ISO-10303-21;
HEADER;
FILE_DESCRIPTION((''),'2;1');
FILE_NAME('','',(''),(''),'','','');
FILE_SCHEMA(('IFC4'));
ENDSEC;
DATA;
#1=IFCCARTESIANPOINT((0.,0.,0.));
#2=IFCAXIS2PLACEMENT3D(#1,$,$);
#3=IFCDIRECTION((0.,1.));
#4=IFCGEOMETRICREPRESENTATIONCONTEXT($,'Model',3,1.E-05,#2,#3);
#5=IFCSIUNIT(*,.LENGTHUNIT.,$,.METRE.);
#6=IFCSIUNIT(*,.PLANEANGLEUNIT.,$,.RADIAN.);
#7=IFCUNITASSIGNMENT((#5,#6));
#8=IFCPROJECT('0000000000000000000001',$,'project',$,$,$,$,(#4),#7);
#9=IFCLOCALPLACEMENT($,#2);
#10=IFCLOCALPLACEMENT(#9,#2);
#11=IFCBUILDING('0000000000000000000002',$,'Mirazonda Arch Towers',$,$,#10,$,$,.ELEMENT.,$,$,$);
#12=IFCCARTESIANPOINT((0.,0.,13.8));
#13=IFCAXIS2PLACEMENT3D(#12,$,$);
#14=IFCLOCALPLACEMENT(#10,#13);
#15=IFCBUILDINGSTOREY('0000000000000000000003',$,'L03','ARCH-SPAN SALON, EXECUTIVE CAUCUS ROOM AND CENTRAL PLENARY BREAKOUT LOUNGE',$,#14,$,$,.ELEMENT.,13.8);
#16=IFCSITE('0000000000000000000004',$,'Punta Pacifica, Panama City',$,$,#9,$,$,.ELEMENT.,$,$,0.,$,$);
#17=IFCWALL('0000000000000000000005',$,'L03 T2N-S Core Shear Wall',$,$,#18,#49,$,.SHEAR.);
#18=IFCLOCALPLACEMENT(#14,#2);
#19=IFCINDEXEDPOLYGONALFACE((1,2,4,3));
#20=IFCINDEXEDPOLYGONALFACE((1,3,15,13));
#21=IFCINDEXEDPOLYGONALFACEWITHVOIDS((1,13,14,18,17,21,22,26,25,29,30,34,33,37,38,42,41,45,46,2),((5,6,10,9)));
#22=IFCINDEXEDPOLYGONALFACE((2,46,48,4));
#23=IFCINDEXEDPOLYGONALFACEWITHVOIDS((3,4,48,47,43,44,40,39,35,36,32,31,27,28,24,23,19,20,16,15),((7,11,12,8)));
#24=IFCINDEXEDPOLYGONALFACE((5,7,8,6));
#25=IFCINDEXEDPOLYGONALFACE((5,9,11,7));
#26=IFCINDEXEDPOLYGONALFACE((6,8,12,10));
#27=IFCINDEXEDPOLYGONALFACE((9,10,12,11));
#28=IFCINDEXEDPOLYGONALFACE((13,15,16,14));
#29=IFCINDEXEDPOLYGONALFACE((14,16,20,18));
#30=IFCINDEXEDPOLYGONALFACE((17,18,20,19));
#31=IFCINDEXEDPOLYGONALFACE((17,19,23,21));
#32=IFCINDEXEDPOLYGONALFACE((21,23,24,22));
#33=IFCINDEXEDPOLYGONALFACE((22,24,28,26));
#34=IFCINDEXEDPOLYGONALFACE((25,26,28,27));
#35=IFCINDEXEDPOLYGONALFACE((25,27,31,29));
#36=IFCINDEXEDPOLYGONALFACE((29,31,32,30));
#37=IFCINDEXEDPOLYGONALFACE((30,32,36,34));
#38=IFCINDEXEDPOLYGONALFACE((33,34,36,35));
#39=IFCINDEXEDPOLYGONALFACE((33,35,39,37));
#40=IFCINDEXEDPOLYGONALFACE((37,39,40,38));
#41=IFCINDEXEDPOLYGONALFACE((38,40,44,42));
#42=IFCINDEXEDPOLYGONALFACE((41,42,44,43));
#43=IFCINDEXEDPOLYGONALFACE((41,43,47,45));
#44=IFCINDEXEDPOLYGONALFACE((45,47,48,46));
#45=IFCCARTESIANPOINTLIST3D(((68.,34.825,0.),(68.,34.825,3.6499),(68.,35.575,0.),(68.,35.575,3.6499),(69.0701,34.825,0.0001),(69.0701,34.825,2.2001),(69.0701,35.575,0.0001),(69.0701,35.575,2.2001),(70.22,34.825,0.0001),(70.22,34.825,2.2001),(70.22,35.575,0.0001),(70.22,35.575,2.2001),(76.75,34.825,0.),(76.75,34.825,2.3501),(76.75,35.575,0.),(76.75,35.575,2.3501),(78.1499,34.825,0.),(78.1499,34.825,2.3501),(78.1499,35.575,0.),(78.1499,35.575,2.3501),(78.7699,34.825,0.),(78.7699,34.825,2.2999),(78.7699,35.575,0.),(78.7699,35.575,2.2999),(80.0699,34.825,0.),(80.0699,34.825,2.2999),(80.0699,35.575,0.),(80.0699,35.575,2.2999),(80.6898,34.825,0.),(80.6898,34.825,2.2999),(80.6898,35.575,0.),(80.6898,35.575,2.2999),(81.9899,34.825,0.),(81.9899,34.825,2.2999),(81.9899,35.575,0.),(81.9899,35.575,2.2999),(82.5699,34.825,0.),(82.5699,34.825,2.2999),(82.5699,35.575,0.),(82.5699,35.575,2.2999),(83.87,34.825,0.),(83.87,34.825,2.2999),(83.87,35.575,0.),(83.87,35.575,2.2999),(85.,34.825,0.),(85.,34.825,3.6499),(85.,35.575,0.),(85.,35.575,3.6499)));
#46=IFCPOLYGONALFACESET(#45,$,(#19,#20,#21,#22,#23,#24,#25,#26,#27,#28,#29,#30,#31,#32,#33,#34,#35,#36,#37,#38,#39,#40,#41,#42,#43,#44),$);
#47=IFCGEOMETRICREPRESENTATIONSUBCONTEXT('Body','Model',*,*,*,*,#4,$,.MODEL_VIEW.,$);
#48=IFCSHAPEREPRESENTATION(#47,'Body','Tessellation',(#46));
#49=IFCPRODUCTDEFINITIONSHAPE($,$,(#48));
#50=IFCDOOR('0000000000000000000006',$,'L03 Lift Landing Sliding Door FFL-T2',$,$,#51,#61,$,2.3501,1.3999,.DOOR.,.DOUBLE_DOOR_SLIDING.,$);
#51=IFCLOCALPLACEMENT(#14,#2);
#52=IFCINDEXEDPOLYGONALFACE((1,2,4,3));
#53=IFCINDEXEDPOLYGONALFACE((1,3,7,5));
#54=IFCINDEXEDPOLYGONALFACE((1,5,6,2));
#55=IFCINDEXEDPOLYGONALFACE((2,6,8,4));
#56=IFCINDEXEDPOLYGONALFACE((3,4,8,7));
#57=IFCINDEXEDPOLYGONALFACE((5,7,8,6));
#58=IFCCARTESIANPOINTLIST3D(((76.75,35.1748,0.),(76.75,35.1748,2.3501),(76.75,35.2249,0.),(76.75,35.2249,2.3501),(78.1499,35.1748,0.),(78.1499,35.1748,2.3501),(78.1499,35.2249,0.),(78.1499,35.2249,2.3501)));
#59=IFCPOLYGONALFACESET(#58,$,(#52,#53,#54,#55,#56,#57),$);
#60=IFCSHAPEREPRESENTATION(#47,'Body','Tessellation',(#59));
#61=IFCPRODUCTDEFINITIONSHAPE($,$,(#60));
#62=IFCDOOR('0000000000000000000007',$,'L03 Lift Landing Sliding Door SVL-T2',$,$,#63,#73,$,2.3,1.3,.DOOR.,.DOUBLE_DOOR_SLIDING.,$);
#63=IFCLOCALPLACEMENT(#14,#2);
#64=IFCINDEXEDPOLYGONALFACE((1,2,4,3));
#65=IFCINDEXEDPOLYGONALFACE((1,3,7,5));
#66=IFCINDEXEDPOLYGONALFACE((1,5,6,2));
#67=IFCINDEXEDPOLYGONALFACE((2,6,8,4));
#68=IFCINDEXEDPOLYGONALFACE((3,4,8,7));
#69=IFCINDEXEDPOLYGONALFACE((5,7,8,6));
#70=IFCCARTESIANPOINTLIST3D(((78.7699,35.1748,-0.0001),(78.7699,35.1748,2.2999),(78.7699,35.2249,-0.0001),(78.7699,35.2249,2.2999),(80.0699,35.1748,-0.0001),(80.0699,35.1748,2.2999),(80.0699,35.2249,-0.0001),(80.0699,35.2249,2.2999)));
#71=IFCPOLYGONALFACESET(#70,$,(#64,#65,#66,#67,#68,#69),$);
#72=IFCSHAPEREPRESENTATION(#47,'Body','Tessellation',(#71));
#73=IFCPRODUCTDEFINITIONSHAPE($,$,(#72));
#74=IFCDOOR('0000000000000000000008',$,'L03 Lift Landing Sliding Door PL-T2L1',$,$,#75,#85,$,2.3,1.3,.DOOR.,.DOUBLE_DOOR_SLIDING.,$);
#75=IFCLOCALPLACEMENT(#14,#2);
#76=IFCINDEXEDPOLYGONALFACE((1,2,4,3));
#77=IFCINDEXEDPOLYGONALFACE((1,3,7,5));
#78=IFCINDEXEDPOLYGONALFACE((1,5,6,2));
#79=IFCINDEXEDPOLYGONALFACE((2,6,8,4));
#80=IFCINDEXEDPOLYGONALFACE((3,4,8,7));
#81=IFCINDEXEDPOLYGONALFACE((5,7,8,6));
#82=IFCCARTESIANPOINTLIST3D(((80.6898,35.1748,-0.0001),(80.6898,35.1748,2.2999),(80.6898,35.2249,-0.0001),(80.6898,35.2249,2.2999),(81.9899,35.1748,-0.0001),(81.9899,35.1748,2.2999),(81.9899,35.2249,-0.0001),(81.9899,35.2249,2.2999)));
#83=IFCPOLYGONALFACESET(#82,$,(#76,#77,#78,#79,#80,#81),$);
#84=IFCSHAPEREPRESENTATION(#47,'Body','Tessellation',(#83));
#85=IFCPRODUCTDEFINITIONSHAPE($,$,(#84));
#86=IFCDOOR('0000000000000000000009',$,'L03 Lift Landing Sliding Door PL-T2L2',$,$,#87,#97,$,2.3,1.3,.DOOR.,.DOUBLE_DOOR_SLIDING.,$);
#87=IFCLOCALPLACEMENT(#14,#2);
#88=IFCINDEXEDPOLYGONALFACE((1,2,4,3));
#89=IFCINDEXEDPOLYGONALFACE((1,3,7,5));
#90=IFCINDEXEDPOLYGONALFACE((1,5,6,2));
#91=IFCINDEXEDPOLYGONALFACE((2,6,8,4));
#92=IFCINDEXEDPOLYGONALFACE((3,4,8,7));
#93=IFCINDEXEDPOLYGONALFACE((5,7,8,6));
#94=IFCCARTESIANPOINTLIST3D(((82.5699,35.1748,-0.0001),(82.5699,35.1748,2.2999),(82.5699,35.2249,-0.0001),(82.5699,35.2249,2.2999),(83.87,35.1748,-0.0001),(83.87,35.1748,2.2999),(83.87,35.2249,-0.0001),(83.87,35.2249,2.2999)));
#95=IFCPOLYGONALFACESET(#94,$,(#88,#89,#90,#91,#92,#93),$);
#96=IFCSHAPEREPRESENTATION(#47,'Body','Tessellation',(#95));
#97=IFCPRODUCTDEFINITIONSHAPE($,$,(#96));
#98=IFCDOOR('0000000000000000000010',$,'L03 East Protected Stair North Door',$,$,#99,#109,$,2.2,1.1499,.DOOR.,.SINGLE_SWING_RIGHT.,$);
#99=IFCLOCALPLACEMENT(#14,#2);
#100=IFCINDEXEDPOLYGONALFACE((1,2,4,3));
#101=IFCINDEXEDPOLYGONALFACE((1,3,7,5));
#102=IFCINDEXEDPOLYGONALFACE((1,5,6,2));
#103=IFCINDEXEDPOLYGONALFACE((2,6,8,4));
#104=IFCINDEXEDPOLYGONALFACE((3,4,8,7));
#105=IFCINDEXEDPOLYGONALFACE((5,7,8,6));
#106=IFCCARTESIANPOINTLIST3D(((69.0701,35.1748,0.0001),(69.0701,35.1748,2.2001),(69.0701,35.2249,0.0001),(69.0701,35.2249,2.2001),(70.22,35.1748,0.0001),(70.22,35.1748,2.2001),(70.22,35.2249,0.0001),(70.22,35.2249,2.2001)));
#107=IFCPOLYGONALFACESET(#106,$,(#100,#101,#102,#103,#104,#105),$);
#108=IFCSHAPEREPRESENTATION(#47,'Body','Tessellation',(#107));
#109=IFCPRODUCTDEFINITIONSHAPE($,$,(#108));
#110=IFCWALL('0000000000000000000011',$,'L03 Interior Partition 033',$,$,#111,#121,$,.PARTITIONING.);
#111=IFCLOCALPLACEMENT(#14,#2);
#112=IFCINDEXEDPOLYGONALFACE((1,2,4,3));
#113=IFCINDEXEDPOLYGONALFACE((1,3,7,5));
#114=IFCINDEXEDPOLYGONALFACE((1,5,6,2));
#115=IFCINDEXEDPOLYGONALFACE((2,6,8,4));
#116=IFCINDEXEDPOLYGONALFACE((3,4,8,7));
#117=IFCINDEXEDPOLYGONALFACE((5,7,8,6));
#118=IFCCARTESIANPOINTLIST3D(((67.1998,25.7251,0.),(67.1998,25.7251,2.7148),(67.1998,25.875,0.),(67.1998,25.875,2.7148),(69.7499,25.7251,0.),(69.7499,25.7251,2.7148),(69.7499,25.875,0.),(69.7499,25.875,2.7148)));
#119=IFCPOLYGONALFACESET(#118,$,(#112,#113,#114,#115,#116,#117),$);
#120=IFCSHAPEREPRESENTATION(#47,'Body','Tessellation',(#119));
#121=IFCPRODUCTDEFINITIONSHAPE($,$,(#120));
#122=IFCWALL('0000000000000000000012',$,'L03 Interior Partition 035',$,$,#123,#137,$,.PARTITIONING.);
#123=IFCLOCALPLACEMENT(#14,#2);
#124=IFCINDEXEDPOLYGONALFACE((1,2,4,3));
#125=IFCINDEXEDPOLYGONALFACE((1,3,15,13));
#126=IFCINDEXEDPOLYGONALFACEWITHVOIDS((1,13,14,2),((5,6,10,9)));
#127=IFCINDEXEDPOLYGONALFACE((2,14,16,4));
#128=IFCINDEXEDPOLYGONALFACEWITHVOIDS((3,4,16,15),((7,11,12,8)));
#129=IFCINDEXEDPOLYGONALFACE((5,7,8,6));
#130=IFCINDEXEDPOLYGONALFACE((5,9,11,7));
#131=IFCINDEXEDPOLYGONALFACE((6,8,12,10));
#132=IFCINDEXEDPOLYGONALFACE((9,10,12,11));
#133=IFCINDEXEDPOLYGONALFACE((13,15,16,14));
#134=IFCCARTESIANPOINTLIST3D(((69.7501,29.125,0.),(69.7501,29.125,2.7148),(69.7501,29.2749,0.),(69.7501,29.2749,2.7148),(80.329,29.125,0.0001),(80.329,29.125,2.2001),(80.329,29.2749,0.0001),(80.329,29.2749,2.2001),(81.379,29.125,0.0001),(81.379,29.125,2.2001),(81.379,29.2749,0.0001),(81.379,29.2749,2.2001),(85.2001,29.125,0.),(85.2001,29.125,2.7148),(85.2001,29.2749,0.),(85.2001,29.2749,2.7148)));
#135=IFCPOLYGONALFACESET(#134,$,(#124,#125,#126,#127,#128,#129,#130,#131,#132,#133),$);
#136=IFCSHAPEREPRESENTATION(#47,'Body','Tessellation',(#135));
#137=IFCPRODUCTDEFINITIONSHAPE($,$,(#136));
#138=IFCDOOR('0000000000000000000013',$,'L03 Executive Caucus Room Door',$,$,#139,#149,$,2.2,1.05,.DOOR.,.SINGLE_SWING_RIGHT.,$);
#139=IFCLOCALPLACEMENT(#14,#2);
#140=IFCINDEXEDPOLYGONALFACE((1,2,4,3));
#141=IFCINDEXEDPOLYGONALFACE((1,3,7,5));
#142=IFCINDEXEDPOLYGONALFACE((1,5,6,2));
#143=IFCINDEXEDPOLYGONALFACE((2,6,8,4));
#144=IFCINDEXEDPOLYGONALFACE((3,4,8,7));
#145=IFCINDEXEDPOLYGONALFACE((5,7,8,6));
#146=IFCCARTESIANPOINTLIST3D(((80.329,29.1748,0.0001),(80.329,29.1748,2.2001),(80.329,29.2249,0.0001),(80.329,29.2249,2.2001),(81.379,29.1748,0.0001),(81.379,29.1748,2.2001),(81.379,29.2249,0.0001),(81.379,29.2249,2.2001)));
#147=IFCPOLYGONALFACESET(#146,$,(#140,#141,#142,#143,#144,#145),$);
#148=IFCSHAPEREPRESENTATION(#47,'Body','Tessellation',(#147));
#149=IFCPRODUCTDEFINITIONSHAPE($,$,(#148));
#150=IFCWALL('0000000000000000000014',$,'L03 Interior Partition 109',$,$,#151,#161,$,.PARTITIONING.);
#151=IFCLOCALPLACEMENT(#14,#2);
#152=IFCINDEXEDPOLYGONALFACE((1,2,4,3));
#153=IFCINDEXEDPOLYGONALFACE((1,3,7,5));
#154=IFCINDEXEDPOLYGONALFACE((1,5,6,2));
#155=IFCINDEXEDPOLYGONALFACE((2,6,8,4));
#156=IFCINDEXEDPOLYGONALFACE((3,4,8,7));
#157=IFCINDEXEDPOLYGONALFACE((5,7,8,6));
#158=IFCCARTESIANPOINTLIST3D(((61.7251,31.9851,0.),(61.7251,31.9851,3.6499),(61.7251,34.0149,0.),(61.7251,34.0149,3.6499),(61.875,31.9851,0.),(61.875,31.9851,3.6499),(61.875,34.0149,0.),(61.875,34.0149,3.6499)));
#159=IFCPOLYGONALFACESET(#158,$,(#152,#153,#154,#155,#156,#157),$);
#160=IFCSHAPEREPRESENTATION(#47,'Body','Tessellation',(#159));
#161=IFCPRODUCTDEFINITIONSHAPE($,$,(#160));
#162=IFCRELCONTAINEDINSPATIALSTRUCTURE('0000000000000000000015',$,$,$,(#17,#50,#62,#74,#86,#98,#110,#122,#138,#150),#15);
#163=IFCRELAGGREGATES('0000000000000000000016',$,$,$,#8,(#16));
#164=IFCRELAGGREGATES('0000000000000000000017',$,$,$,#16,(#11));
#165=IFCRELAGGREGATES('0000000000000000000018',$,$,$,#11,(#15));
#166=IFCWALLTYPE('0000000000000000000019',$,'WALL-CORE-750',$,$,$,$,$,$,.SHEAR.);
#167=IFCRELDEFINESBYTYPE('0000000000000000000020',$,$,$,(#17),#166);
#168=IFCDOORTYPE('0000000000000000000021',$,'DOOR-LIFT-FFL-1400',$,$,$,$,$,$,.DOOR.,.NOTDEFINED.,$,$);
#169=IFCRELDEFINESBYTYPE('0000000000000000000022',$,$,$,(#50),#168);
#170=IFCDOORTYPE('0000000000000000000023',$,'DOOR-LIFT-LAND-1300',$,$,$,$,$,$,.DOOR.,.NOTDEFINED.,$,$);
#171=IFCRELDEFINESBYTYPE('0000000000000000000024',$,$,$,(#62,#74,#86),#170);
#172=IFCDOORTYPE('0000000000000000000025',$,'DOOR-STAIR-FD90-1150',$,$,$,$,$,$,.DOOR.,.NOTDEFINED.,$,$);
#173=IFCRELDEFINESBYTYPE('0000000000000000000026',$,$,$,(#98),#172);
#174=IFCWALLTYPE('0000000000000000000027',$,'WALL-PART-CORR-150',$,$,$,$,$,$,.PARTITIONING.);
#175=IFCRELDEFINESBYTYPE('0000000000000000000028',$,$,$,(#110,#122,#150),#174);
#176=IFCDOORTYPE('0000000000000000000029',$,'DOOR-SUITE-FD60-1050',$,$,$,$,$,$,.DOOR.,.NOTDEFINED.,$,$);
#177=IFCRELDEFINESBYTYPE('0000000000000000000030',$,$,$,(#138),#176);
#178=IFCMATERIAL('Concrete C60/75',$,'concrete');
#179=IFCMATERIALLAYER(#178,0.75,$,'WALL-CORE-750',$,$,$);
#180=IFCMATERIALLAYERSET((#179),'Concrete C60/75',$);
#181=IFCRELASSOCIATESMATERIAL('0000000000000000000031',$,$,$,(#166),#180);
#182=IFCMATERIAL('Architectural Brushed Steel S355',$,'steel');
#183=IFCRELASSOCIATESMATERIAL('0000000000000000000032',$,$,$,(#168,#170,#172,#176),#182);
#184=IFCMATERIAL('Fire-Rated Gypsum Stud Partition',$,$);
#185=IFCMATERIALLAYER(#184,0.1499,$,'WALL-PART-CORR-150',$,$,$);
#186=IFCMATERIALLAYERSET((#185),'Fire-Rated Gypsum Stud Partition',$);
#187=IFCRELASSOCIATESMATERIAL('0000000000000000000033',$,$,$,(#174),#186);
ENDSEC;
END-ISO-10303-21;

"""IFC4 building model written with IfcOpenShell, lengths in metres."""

from ifc_helpers import new_model, si_unit, direction, frame, frame_2d, origin, place, context, subcontext, project, spatial, rectangle, extrude, material, layer, layer_set, type_object, element, fill, save


model = new_model("IFC4")

# Units and contexts
model_context = context("Model", 3, precision=1e-05, world=origin(), true_north=direction((0.0, 1.0)))
body_context = subcontext(model_context, "Body", "Model", "MODEL_VIEW")
ifc_project = project(units=[si_unit("LENGTHUNIT", "METRE"), si_unit("PLANEANGLEUNIT", "RADIAN")], contexts=[model_context])

# Site, building, storey
site_placement = place(None, origin())
site = spatial("IfcSite", under=ifc_project, at=site_placement, Name="Punta Pacifica, Panama City", CompositionType="ELEMENT", RefElevation=0.0)
building_placement = place(site_placement, origin())
building = spatial("IfcBuilding", under=site, at=building_placement, Name="Mirazonda Arch Towers", CompositionType="ELEMENT")
storey_placement = place(building_placement, frame((0.0, 0.0, 13.8)))
storey = spatial("IfcBuildingStorey", under=building, at=storey_placement, Name="L03", Description="ARCH-SPAN SALON, EXECUTIVE CAUCUS ROOM AND CENTRAL PLENARY BREAKOUT LOUNGE", CompositionType="ELEMENT", Elevation=13.8)

# Shared definitions
ifc_material_1 = material(Name="Concrete C60/75", Category="concrete")

# Shared definitions
ifc_layer_1 = layer(ifc_material_1, 0.75, Name="WALL-CORE-750")
ifc_layer_set_1 = layer_set([ifc_layer_1], Name="Concrete C60/75")
wall_type_1 = type_object("IfcWallType", Name="WALL-CORE-750", PredefinedType="SHEAR", material=ifc_layer_set_1)

# Wall, openings, doors
wall_1_placement = place(storey_placement, frame((68.0, 35.2, 0.0), z_axis=(0.0, 0.0, 1.0), x_axis=(1.0, 0.0, 0.0)))
wall_1 = element("IfcWall", 1, at=wall_1_placement, inside=storey, type_object=wall_type_1, Name="L03 T2N-S Core Shear Wall", PredefinedType="SHEAR", context=body_context, shape_type="SweptSolid", body=[
    extrude(rectangle(XDim=17.0, YDim=0.75, at=frame_2d((8.5, 0.0))), origin(), (0.0, 0.0, 1.0), 3.6499),
])
opening_1_placement = place(wall_1_placement, frame((1.0701, 0.0, 0.0)))
opening_1 = element("IfcOpeningElement", 2, at=opening_1_placement, cuts=wall_1, PredefinedType="OPENING", context=body_context, shape_type="SweptSolid", body=[
    extrude(rectangle(XDim=1.1499, YDim=2.2, at=frame_2d((0.575, 1.1001))), frame((0.0, 0.385, 0.0), z_axis=(0.0, -1.0, 0.0), x_axis=(1.0, 0.0, 0.0)), (0.0, 0.0, 1.0), 0.77),
])
opening_2_placement = place(wall_1_placement, frame((8.75, 0.0, 0.0)))
opening_2 = element("IfcOpeningElement", 3, at=opening_2_placement, cuts=wall_1, PredefinedType="OPENING", context=body_context, shape_type="SweptSolid", body=[
    extrude(rectangle(XDim=1.3999, YDim=2.3501, at=frame_2d((0.7, 1.175))), frame((0.0, 0.385, 0.0), z_axis=(0.0, -1.0, 0.0), x_axis=(1.0, 0.0, 0.0)), (0.0, 0.0, 1.0), 0.77),
])
opening_3_placement = place(wall_1_placement, frame((10.77, 0.0, 0.0)))
opening_3 = element("IfcOpeningElement", 4, at=opening_3_placement, cuts=wall_1, PredefinedType="OPENING", context=body_context, shape_type="SweptSolid", body=[
    extrude(rectangle(XDim=1.3, YDim=2.3, at=frame_2d((0.6499, 1.1499))), frame((0.0, 0.385, 0.0), z_axis=(0.0, -1.0, 0.0), x_axis=(1.0, 0.0, 0.0)), (0.0, 0.0, 1.0), 0.77),
])
opening_4_placement = place(wall_1_placement, frame((12.6899, 0.0, 0.0)))
opening_4 = element("IfcOpeningElement", 5, at=opening_4_placement, cuts=wall_1, PredefinedType="OPENING", context=body_context, shape_type="SweptSolid", body=[
    extrude(rectangle(XDim=1.3, YDim=2.3, at=frame_2d((0.6499, 1.1499))), frame((0.0, 0.385, 0.0), z_axis=(0.0, -1.0, 0.0), x_axis=(1.0, 0.0, 0.0)), (0.0, 0.0, 1.0), 0.77),
])
opening_5_placement = place(wall_1_placement, frame((14.5701, 0.0, 0.0)))
opening_5 = element("IfcOpeningElement", 6, at=opening_5_placement, cuts=wall_1, PredefinedType="OPENING", context=body_context, shape_type="SweptSolid", body=[
    extrude(rectangle(XDim=1.3, YDim=2.3, at=frame_2d((0.6499, 1.1499))), frame((0.0, 0.385, 0.0), z_axis=(0.0, -1.0, 0.0), x_axis=(1.0, 0.0, 0.0)), (0.0, 0.0, 1.0), 0.77),
])
ifc_material_2 = material(Name="Architectural Brushed Steel S355", Category="steel")
door_type_1 = type_object("IfcDoorType", Name="DOOR-LIFT-FFL-1400", OperationType="NOTDEFINED", PredefinedType="DOOR", material=ifc_material_2)
door_1_placement = place(opening_2_placement, origin())
door_1 = element("IfcDoor", 7, at=door_1_placement, inside=storey, type_object=door_type_1, Name="L03 Lift Landing Sliding Door FFL-T2", OperationType="DOUBLE_DOOR_SLIDING", OverallHeight=2.3501, OverallWidth=1.3999, PredefinedType="DOOR", context=body_context, shape_type="SweptSolid", body=[
    extrude(rectangle(XDim=1.3999, YDim=2.3501, at=frame_2d((0.7, 1.175))), frame((0.0, 0.0249, 0.0), z_axis=(0.0, -1.0, 0.0), x_axis=(1.0, 0.0, 0.0)), (0.0, 0.0, 1.0), 0.05),
])
fill(opening_2, door_1)
door_type_2 = type_object("IfcDoorType", Name="DOOR-LIFT-LAND-1300", OperationType="NOTDEFINED", PredefinedType="DOOR", material=ifc_material_2)
door_2_placement = place(opening_3_placement, origin())
door_2 = element("IfcDoor", 8, at=door_2_placement, inside=storey, type_object=door_type_2, Name="L03 Lift Landing Sliding Door SVL-T2", OperationType="DOUBLE_DOOR_SLIDING", OverallHeight=2.3, OverallWidth=1.3, PredefinedType="DOOR", context=body_context, shape_type="SweptSolid", body=[
    extrude(rectangle(XDim=1.3, YDim=2.3, at=frame_2d((0.6499, 1.1499))), frame((0.0, 0.0249, 0.0), z_axis=(0.0, -1.0, 0.0), x_axis=(1.0, 0.0, 0.0)), (0.0, 0.0, 1.0), 0.05),
])
fill(opening_3, door_2)
door_3_placement = place(opening_4_placement, origin())
door_3 = element("IfcDoor", 9, at=door_3_placement, inside=storey, type_object=door_type_2, Name="L03 Lift Landing Sliding Door PL-T2L1", OperationType="DOUBLE_DOOR_SLIDING", OverallHeight=2.3, OverallWidth=1.3, PredefinedType="DOOR", context=body_context, shape_type="SweptSolid", body=[
    extrude(rectangle(XDim=1.3, YDim=2.3, at=frame_2d((0.6499, 1.1499))), frame((0.0, 0.0249, 0.0), z_axis=(0.0, -1.0, 0.0), x_axis=(1.0, 0.0, 0.0)), (0.0, 0.0, 1.0), 0.05),
])
fill(opening_4, door_3)
door_4_placement = place(opening_5_placement, origin())
door_4 = element("IfcDoor", 10, at=door_4_placement, inside=storey, type_object=door_type_2, Name="L03 Lift Landing Sliding Door PL-T2L2", OperationType="DOUBLE_DOOR_SLIDING", OverallHeight=2.3, OverallWidth=1.3, PredefinedType="DOOR", context=body_context, shape_type="SweptSolid", body=[
    extrude(rectangle(XDim=1.3, YDim=2.3, at=frame_2d((0.6499, 1.1499))), frame((0.0, 0.0249, 0.0), z_axis=(0.0, -1.0, 0.0), x_axis=(1.0, 0.0, 0.0)), (0.0, 0.0, 1.0), 0.05),
])
fill(opening_5, door_4)
door_type_3 = type_object("IfcDoorType", Name="DOOR-STAIR-FD90-1150", OperationType="NOTDEFINED", PredefinedType="DOOR", material=ifc_material_2)
door_5_placement = place(opening_1_placement, origin())
door_5 = element("IfcDoor", 11, at=door_5_placement, inside=storey, type_object=door_type_3, Name="L03 East Protected Stair North Door", OperationType="SINGLE_SWING_RIGHT", OverallHeight=2.2, OverallWidth=1.1499, PredefinedType="DOOR", context=body_context, shape_type="SweptSolid", body=[
    extrude(rectangle(XDim=1.1499, YDim=2.2, at=frame_2d((0.575, 1.1001))), frame((0.0, 0.0249, 0.0), z_axis=(0.0, -1.0, 0.0), x_axis=(1.0, 0.0, 0.0)), (0.0, 0.0, 1.0), 0.05),
])
fill(opening_1, door_5)

# Wall
ifc_material_3 = material(Name="Fire-Rated Gypsum Stud Partition")
ifc_layer_2 = layer(ifc_material_3, 0.1499, Name="WALL-PART-CORR-150")
ifc_layer_set_2 = layer_set([ifc_layer_2], Name="Fire-Rated Gypsum Stud Partition")
wall_type_2 = type_object("IfcWallType", Name="WALL-PART-CORR-150", PredefinedType="PARTITIONING", material=ifc_layer_set_2)
wall_2_placement = place(storey_placement, frame((67.2, 25.8, 0.0), z_axis=(0.0, 0.0, 1.0), x_axis=(1.0, 0.0, 0.0)))
element("IfcWall", 12, at=wall_2_placement, inside=storey, type_object=wall_type_2, Name="L03 Interior Partition 033", PredefinedType="PARTITIONING", context=body_context, shape_type="SweptSolid", body=[
    extrude(rectangle(XDim=2.55, YDim=0.1499, at=frame_2d((1.2749, 0.0))), origin(), (0.0, 0.0, 1.0), 2.7148),
])

# Wall, opening, door
wall_3_placement = place(storey_placement, frame((69.75, 29.2, 0.0), z_axis=(0.0, 0.0, 1.0), x_axis=(1.0, 0.0, 0.0)))
wall_3 = element("IfcWall", 13, at=wall_3_placement, inside=storey, type_object=wall_type_2, Name="L03 Interior Partition 035", PredefinedType="PARTITIONING", context=body_context, shape_type="SweptSolid", body=[
    extrude(rectangle(XDim=15.45, YDim=0.1499, at=frame_2d((7.7251, 0.0))), origin(), (0.0, 0.0, 1.0), 2.7148),
])
opening_6_placement = place(wall_3_placement, frame((10.5791, 0.0, 0.0)))
opening_6 = element("IfcOpeningElement", 14, at=opening_6_placement, cuts=wall_3, PredefinedType="OPENING", context=body_context, shape_type="SweptSolid", body=[
    extrude(rectangle(XDim=1.05, YDim=2.2, at=frame_2d((0.5249, 1.1001))), frame((0.0, 0.085, 0.0), z_axis=(0.0, -1.0, 0.0), x_axis=(1.0, 0.0, 0.0)), (0.0, 0.0, 1.0), 0.1699),
])
door_type_4 = type_object("IfcDoorType", Name="DOOR-SUITE-FD60-1050", OperationType="NOTDEFINED", PredefinedType="DOOR", material=ifc_material_2)
door_6_placement = place(opening_6_placement, origin())
door_6 = element("IfcDoor", 15, at=door_6_placement, inside=storey, type_object=door_type_4, Name="L03 Executive Caucus Room Door", OperationType="SINGLE_SWING_RIGHT", OverallHeight=2.2, OverallWidth=1.05, PredefinedType="DOOR", context=body_context, shape_type="SweptSolid", body=[
    extrude(rectangle(XDim=1.05, YDim=2.2, at=frame_2d((0.5249, 1.1001))), frame((0.0, 0.0249, 0.0), z_axis=(0.0, -1.0, 0.0), x_axis=(1.0, 0.0, 0.0)), (0.0, 0.0, 1.0), 0.05),
])
fill(opening_6, door_6)

# Wall
wall_4_placement = place(storey_placement, frame((61.8, 31.9851, 0.0), z_axis=(0.0, 0.0, 1.0), x_axis=(0.0, 1.0, 0.0)))
element("IfcWall", 16, at=wall_4_placement, inside=storey, type_object=wall_type_2, Name="L03 Interior Partition 109", PredefinedType="PARTITIONING", context=body_context, shape_type="SweptSolid", body=[
    extrude(rectangle(XDim=2.0298, YDim=0.1499, at=frame_2d((1.0149, 0.0))), origin(), (0.0, 0.0, 1.0), 3.6499),
])

save(model, "model.ifc")
